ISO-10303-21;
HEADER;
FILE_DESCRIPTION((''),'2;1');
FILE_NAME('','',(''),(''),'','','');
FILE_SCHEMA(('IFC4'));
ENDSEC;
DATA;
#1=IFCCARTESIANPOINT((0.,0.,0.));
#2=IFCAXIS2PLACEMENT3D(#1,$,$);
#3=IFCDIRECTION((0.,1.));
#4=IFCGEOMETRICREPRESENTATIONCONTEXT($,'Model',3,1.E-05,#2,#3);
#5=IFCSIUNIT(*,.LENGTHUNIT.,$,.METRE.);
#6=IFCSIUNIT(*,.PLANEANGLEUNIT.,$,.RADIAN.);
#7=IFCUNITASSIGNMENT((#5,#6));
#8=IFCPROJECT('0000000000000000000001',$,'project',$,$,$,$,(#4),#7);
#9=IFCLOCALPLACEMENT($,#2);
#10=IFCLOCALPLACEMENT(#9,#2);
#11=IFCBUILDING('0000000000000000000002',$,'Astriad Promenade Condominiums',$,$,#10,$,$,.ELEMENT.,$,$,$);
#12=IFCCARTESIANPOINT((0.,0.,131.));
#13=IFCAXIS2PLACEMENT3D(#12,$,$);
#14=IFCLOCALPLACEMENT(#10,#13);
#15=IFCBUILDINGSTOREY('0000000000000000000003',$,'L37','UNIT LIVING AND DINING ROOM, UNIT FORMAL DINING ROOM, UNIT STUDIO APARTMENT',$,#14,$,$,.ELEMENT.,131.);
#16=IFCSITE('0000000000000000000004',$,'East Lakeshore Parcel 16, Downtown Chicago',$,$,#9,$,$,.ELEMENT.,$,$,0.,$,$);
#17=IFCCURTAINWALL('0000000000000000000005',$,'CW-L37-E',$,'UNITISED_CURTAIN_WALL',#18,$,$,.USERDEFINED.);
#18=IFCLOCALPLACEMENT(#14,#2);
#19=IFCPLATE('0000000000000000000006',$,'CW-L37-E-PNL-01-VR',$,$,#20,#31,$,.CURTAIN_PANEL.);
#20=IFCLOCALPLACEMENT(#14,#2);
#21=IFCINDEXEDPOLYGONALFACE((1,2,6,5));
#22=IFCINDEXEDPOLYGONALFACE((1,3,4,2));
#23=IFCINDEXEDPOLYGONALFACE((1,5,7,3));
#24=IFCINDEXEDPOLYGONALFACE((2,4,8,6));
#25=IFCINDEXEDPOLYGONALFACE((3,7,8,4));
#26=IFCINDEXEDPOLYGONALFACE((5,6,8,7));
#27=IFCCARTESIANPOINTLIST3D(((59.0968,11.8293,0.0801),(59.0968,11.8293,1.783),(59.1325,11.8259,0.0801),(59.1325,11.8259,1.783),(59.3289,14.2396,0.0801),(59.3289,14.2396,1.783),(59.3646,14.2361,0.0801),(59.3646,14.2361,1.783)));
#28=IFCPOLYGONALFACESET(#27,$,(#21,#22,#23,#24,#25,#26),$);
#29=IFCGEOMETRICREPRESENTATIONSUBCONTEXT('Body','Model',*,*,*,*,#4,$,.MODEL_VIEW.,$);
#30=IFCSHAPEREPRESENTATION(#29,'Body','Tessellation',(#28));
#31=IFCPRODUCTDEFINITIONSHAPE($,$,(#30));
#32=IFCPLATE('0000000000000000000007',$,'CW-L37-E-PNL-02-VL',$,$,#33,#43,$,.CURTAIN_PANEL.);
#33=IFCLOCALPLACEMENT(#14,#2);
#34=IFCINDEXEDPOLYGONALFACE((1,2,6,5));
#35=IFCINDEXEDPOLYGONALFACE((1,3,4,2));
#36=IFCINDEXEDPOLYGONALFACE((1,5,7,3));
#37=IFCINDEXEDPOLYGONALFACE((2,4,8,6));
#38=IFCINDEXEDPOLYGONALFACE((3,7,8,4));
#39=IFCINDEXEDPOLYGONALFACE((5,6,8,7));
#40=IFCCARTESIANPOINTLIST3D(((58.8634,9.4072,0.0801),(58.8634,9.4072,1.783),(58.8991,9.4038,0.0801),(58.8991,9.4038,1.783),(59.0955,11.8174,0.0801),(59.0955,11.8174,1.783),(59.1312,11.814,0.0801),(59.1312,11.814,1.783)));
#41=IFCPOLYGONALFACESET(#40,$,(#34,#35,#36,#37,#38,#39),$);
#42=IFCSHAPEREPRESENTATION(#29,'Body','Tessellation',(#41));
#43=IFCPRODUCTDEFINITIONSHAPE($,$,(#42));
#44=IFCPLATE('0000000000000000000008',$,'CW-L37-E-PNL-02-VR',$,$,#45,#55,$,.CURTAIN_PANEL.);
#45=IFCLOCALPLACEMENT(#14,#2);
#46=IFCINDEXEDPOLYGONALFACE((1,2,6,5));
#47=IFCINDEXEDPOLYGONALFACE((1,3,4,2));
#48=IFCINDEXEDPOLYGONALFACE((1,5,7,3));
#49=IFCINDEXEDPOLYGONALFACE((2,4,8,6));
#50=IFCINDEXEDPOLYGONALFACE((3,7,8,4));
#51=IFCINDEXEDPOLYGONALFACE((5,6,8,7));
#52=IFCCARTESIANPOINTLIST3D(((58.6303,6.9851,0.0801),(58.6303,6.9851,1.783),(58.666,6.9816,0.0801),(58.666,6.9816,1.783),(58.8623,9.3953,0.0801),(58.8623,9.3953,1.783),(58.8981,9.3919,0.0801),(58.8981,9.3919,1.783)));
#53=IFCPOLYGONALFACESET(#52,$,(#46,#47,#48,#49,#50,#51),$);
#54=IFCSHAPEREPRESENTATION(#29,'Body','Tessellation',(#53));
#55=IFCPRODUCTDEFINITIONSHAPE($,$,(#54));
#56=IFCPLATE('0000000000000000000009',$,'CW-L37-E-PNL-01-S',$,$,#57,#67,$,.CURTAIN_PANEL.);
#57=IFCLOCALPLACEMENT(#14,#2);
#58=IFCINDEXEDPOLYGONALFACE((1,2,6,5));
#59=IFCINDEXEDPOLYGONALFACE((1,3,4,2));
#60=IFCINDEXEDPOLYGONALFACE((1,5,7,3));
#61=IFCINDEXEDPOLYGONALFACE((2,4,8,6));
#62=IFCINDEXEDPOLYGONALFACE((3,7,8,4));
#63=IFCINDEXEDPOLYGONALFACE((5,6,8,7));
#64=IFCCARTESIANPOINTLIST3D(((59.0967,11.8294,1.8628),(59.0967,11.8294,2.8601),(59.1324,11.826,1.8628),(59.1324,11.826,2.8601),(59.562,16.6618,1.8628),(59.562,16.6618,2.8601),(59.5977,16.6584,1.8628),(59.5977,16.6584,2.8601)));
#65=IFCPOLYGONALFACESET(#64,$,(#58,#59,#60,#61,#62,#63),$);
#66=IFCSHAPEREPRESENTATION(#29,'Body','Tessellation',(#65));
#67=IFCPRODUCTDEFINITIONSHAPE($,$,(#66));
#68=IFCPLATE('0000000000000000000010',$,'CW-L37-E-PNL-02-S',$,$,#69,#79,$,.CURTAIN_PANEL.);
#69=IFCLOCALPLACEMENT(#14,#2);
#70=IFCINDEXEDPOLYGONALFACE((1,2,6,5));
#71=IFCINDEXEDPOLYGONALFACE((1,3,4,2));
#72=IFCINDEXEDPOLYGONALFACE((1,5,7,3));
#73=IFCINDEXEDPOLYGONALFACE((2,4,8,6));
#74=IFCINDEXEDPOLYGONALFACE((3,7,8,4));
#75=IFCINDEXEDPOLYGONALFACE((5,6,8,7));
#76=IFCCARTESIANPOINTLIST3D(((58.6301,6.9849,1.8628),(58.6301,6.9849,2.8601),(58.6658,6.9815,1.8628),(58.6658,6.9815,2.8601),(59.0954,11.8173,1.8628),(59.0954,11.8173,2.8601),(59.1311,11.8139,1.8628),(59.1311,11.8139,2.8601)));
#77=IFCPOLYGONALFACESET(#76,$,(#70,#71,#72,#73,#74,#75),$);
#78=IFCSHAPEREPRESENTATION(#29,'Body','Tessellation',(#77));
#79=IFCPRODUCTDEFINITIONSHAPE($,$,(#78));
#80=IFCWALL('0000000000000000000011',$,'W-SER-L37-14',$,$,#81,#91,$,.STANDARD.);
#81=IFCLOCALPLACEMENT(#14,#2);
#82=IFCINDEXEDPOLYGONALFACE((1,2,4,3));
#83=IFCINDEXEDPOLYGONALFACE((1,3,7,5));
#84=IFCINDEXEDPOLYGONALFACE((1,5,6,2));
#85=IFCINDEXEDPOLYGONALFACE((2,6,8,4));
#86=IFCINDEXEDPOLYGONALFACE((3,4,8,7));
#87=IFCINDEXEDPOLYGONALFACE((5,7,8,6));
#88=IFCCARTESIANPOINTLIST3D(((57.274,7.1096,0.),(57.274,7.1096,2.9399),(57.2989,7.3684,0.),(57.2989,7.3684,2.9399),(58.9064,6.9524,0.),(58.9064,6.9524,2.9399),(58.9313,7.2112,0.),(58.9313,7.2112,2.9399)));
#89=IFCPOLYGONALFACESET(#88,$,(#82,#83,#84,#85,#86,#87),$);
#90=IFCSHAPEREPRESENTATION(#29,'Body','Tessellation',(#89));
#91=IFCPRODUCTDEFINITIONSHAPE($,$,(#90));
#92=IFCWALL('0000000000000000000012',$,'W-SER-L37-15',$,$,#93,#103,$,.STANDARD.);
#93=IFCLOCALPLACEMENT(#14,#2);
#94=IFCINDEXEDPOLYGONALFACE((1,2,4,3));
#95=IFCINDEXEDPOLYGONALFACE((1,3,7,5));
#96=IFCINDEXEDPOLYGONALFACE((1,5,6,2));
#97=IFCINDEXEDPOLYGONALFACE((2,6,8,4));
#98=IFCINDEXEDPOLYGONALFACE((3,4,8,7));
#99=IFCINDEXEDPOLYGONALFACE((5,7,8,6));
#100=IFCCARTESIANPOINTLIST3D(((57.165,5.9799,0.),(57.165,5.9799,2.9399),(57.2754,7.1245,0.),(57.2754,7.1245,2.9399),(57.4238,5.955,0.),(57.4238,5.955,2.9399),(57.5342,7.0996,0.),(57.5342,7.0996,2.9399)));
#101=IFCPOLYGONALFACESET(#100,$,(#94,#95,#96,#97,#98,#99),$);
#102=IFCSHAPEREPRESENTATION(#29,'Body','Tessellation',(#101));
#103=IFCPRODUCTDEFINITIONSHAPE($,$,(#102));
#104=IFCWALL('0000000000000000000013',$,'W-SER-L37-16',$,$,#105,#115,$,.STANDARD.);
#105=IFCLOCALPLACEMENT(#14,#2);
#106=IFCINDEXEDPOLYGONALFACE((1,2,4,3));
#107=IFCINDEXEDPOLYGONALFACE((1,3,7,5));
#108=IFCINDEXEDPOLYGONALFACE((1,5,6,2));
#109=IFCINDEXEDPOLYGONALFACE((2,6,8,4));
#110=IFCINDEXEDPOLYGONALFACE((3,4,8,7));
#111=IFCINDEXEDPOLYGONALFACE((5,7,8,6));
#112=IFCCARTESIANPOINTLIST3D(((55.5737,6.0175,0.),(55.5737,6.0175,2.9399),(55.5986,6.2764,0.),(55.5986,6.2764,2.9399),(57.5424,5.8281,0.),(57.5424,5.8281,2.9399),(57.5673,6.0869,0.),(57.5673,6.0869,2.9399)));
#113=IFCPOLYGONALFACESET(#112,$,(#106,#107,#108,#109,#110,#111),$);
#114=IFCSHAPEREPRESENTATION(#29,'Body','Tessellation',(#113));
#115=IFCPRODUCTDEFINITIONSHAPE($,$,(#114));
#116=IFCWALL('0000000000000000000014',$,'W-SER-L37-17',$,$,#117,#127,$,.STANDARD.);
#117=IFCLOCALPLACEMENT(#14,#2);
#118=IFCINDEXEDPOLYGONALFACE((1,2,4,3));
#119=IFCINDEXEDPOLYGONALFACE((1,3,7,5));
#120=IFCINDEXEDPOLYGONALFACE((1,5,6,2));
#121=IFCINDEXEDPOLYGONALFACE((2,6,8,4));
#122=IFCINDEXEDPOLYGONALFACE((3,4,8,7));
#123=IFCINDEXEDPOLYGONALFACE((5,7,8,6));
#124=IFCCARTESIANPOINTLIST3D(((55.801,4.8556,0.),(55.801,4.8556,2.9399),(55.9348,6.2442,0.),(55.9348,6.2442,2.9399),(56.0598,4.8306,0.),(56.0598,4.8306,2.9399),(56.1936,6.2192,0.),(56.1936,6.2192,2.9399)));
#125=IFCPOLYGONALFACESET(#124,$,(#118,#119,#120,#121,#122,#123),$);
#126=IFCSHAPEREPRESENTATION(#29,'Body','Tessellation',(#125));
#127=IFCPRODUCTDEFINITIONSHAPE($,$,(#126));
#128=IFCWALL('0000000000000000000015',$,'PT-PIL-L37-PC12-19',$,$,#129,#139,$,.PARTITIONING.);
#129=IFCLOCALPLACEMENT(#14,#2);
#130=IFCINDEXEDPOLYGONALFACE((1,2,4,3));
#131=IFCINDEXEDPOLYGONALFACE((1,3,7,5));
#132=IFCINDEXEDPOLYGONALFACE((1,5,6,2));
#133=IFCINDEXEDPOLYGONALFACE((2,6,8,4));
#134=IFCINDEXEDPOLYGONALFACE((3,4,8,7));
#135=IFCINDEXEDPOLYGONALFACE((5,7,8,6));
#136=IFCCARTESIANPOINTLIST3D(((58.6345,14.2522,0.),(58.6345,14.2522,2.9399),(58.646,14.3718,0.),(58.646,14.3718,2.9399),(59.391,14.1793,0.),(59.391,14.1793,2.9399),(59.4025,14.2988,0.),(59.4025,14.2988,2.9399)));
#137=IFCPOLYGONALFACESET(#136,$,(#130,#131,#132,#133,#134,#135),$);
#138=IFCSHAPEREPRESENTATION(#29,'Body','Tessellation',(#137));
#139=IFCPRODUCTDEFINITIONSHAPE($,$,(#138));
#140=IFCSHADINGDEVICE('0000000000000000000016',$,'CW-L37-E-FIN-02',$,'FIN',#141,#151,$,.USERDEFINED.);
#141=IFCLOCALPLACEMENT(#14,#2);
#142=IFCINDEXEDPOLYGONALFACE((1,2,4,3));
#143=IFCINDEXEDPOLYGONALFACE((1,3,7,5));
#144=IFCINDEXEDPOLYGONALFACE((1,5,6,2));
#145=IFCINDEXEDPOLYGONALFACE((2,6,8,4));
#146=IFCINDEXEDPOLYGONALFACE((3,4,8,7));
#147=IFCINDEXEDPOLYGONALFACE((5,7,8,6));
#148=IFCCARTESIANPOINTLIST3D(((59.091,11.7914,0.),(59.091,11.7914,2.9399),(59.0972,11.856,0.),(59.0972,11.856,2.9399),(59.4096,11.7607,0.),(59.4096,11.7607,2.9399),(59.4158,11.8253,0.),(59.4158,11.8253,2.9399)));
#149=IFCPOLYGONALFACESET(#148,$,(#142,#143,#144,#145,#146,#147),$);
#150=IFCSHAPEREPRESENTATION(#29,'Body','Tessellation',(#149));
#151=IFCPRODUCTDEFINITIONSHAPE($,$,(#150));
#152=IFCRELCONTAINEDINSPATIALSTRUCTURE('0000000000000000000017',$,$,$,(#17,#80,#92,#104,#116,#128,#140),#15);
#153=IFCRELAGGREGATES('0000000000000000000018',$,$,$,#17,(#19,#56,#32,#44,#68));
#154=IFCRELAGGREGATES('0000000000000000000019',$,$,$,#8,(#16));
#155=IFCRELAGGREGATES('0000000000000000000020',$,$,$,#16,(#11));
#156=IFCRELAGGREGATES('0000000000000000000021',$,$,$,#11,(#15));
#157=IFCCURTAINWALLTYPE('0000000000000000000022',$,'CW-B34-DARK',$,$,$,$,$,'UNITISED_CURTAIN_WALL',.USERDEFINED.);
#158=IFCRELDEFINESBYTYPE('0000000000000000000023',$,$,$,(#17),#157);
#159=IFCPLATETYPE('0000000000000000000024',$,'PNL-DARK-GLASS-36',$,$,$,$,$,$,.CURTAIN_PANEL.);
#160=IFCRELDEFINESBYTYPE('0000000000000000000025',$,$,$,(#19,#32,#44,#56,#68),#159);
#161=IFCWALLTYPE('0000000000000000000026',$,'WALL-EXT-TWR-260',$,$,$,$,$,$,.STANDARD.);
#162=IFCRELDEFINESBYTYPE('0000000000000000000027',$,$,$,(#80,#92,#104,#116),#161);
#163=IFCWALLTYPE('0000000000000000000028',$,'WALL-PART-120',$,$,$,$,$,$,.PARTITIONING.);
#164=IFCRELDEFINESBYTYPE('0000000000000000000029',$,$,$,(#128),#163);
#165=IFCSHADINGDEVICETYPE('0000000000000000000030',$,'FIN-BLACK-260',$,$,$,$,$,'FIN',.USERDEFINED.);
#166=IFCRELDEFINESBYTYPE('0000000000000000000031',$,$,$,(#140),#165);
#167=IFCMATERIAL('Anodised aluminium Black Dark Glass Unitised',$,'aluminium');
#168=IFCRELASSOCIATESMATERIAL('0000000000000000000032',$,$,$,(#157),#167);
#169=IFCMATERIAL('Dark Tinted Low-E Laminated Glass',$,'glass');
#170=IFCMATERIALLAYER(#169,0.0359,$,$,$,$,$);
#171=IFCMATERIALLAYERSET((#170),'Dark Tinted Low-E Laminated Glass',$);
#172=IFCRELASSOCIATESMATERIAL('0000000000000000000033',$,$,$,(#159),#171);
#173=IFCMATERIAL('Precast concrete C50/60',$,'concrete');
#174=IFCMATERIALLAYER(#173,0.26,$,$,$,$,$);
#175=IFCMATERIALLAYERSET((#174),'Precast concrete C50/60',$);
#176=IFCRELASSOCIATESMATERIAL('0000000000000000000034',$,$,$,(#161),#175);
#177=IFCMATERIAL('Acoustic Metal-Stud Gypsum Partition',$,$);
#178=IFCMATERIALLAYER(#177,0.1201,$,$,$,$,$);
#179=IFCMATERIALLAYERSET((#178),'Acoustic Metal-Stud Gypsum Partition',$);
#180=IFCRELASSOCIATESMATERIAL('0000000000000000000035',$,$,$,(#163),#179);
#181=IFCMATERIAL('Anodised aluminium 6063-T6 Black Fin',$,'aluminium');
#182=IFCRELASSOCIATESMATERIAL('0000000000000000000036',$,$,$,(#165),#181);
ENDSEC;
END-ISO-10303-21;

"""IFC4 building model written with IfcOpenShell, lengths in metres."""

from ifc_helpers import new_model, si_unit, direction, frame, frame_2d, origin, origin_2d, place, context, subcontext, project, spatial, rectangle, extrude, source, transform, mapped, material, layer, layer_set, type_object, type_shapes, element, aggregate, save


model = new_model("IFC4")

# Units and contexts
model_context = context("Model", 3, precision=1e-05, world=origin(), true_north=direction((0.0, 1.0)))
body_context = subcontext(model_context, "Body", "Model", "MODEL_VIEW")
ifc_project = project(units=[si_unit("LENGTHUNIT", "METRE"), si_unit("PLANEANGLEUNIT", "RADIAN")], contexts=[model_context])

# Site, building, storey
site_placement = place(None, origin())
site = spatial("IfcSite", under=ifc_project, at=site_placement, Name="East Lakeshore Parcel 16, Downtown Chicago", CompositionType="ELEMENT", RefElevation=0.0)
building_placement = place(site_placement, origin())
building = spatial("IfcBuilding", under=site, at=building_placement, Name="Astriad Promenade Condominiums", CompositionType="ELEMENT")
storey_placement = place(building_placement, frame((0.0, 0.0, 131.0)))
storey = spatial("IfcBuildingStorey", under=building, at=storey_placement, Name="L37", Description="UNIT LIVING AND DINING ROOM, UNIT FORMAL DINING ROOM, UNIT STUDIO APARTMENT", CompositionType="ELEMENT", Elevation=131.0)

# Curtain wall, plates
ifc_material_1 = material(Name="Anodised aluminium Black Dark Glass Unitised", Category="aluminium")
curtain_wall_type = type_object("IfcCurtainWallType", Name="CW-B34-DARK", ElementType="UNITISED_CURTAIN_WALL", PredefinedType="USERDEFINED", material=ifc_material_1)
curtain_wall_placement = place(storey_placement, origin())
curtain_wall = element("IfcCurtainWall", 1, at=curtain_wall_placement, inside=storey, type_object=curtain_wall_type, Name="CW-L37-E", ObjectType="UNITISED_CURTAIN_WALL", PredefinedType="USERDEFINED")
ifc_material_2 = material(Name="Dark Tinted Low-E Laminated Glass", Category="glass")
ifc_layer_1 = layer(ifc_material_2, 0.0359)
ifc_layer_set_1 = layer_set([ifc_layer_1], Name="Dark Tinted Low-E Laminated Glass")
plate_type = type_object("IfcPlateType", Name="PNL-DARK-GLASS-36", PredefinedType="CURTAIN_PANEL", material=ifc_layer_set_1)
shared_shape_1 = source(origin(), body_context, "Body", "SweptSolid", [
    extrude(rectangle(XDim=2.4214, YDim=0.0359, at=origin_2d()), origin(), (0.0, 0.0, 1.0), 1.7029),
])
plate_1_placement = place(storey_placement, frame((59.2307, 13.0327, 0.0801), z_axis=(0.0, 0.0, 1.0), x_axis=(-0.095846, -0.995396, 0.0)))
plate_1 = element("IfcPlate", 2, at=plate_1_placement, type_object=plate_type, Name="CW-L37-E-PNL-01-VR", PredefinedType="CURTAIN_PANEL", context=body_context, shape_type="MappedRepresentation", body=[
    mapped(shared_shape_1, transform((0.0, 0.0, 0.0), scale=1.0)),
])
plate_2_placement = place(storey_placement, frame((58.9973, 10.6106, 0.0801), z_axis=(0.0, 0.0, 1.0), x_axis=(-0.095846, -0.995396, 0.0)))
plate_2 = element("IfcPlate", 3, at=plate_2_placement, type_object=plate_type, Name="CW-L37-E-PNL-02-VL", PredefinedType="CURTAIN_PANEL", context=body_context, shape_type="MappedRepresentation", body=[
    mapped(shared_shape_1, transform((0.0, 0.0, 0.0), scale=1.0)),
])
plate_3_placement = place(storey_placement, frame((58.7642, 8.1885, 0.0801), z_axis=(0.0, 0.0, 1.0), x_axis=(-0.095846, -0.995396, 0.0)))
plate_3 = element("IfcPlate", 4, at=plate_3_placement, type_object=plate_type, Name="CW-L37-E-PNL-02-VR", PredefinedType="CURTAIN_PANEL", context=body_context, shape_type="MappedRepresentation", body=[
    mapped(shared_shape_1, transform((0.0, 0.0, 0.0), scale=1.0)),
])
shared_shape_2 = source(origin(), body_context, "Body", "SweptSolid", [
    extrude(rectangle(XDim=4.8547, YDim=0.0359, at=origin_2d()), origin(), (0.0, 0.0, 1.0), 0.9973),
])
type_shapes(plate_type, [shared_shape_1, shared_shape_2])
plate_4_placement = place(storey_placement, frame((59.3472, 14.2439, 1.8628), z_axis=(0.0, 0.0, 1.0), x_axis=(-0.095846, -0.995396, 0.0)))
plate_4 = element("IfcPlate", 5, at=plate_4_placement, type_object=plate_type, Name="CW-L37-E-PNL-01-S", PredefinedType="CURTAIN_PANEL", context=body_context, shape_type="MappedRepresentation", body=[
    mapped(shared_shape_2, transform((0.0, 0.0, 0.0), scale=1.0)),
])
plate_5_placement = place(storey_placement, frame((58.8806, 9.3994, 1.8628), z_axis=(0.0, 0.0, 1.0), x_axis=(-0.095846, -0.995396, 0.0)))
plate_5 = element("IfcPlate", 6, at=plate_5_placement, type_object=plate_type, Name="CW-L37-E-PNL-02-S", PredefinedType="CURTAIN_PANEL", context=body_context, shape_type="MappedRepresentation", body=[
    mapped(shared_shape_2, transform((0.0, 0.0, 0.0), scale=1.0)),
])
aggregate(curtain_wall, [plate_1, plate_4, plate_2, plate_3, plate_5])

# Walls
ifc_material_3 = material(Name="Precast concrete C50/60", Category="concrete")
ifc_layer_2 = layer(ifc_material_3, 0.26)
ifc_layer_set_2 = layer_set([ifc_layer_2], Name="Precast concrete C50/60")
wall_type_1 = type_object("IfcWallType", Name="WALL-EXT-TWR-260", PredefinedType="STANDARD", material=ifc_layer_set_2)
wall_1_placement = place(storey_placement, frame((58.9187, 7.0818, 0.0), z_axis=(0.0, 0.0, 1.0), x_axis=(-0.995393, 0.095877, 0.0)))
element("IfcWall", 7, at=wall_1_placement, inside=storey, type_object=wall_type_1, Name="W-SER-L37-14", PredefinedType="STANDARD", context=body_context, shape_type="SweptSolid", body=[
    extrude(rectangle(XDim=1.6399, YDim=0.26, at=frame_2d((0.8198, 0.0))), origin(), (0.0, 0.0, 1.0), 2.9399),
])
wall_2_placement = place(storey_placement, frame((57.4048, 7.1121, 0.0), z_axis=(0.0, 0.0, 1.0), x_axis=(-0.095971, -0.995384, 0.0)))
element("IfcWall", 8, at=wall_2_placement, inside=storey, type_object=wall_type_1, Name="W-SER-L37-15", PredefinedType="STANDARD", context=body_context, shape_type="SweptSolid", body=[
    extrude(rectangle(XDim=1.1499, YDim=0.26, at=frame_2d((0.575, 0.0))), origin(), (0.0, 0.0, 1.0), 2.9399),
])
wall_3_placement = place(storey_placement, frame((57.5547, 5.9575, 0.0), z_axis=(0.0, 0.0, 1.0), x_axis=(-0.995402, 0.095788, 0.0)))
element("IfcWall", 9, at=wall_3_placement, inside=storey, type_object=wall_type_1, Name="W-SER-L37-16", PredefinedType="STANDARD", context=body_context, shape_type="SweptSolid", body=[
    extrude(rectangle(XDim=1.9778, YDim=0.26, at=frame_2d((0.9888, 0.0))), origin(), (0.0, 0.0, 1.0), 2.9399),
])
wall_4_placement = place(storey_placement, frame((56.0642, 6.2317, 0.0), z_axis=(0.0, 0.0, 1.0), x_axis=(-0.095899, -0.995391, 0.0)))
element("IfcWall", 10, at=wall_4_placement, inside=storey, type_object=wall_type_1, Name="W-SER-L37-17", PredefinedType="STANDARD", context=body_context, shape_type="SweptSolid", body=[
    extrude(rectangle(XDim=1.395, YDim=0.26, at=frame_2d((0.6975, 0.0))), origin(), (0.0, 0.0, 1.0), 2.9399),
])
ifc_material_4 = material(Name="Acoustic Metal-Stud Gypsum Partition")
ifc_layer_3 = layer(ifc_material_4, 0.1201)
ifc_layer_set_3 = layer_set([ifc_layer_3], Name="Acoustic Metal-Stud Gypsum Partition")
wall_type_2 = type_object("IfcWallType", Name="WALL-PART-120", PredefinedType="PARTITIONING", material=ifc_layer_set_3)
wall_5_placement = place(storey_placement, frame((58.6404, 14.312, 0.0), z_axis=(0.0, 0.0, 1.0), x_axis=(0.995378, -0.096037, 0.0)))
element("IfcWall", 11, at=wall_5_placement, inside=storey, type_object=wall_type_2, Name="PT-PIL-L37-PC12-19", PredefinedType="PARTITIONING", context=body_context, shape_type="SweptSolid", body=[
    extrude(rectangle(XDim=0.76, YDim=0.1201, at=frame_2d((0.3799, 0.0))), origin(), (0.0, 0.0, 1.0), 2.9399),
])

# Shading device
ifc_material_5 = material(Name="Anodised aluminium 6063-T6 Black Fin", Category="aluminium")
shading_device_type = type_object("IfcShadingDeviceType", Name="FIN-BLACK-260", ElementType="FIN", PredefinedType="USERDEFINED", material=ifc_material_5)
shared_shape_3 = source(origin(), body_context, "Body", "SweptSolid", [
    extrude(rectangle(XDim=0.0649, YDim=0.3201, at=origin_2d()), origin(), (0.0, 0.0, 1.0), 2.9399),
])
type_shapes(shading_device_type, [shared_shape_3])
shading_device_placement = place(storey_placement, frame((59.2534, 11.8083, 0.0), z_axis=(0.0, 0.0, 1.0), x_axis=(-0.095846, -0.995396, 0.0)))
element("IfcShadingDevice", 12, at=shading_device_placement, inside=storey, type_object=shading_device_type, Name="CW-L37-E-FIN-02", ObjectType="FIN", PredefinedType="USERDEFINED", context=body_context, shape_type="MappedRepresentation", body=[
    mapped(shared_shape_3, transform((0.0, 0.0, 0.0), scale=1.0)),
])

save(model, "model.ifc")
